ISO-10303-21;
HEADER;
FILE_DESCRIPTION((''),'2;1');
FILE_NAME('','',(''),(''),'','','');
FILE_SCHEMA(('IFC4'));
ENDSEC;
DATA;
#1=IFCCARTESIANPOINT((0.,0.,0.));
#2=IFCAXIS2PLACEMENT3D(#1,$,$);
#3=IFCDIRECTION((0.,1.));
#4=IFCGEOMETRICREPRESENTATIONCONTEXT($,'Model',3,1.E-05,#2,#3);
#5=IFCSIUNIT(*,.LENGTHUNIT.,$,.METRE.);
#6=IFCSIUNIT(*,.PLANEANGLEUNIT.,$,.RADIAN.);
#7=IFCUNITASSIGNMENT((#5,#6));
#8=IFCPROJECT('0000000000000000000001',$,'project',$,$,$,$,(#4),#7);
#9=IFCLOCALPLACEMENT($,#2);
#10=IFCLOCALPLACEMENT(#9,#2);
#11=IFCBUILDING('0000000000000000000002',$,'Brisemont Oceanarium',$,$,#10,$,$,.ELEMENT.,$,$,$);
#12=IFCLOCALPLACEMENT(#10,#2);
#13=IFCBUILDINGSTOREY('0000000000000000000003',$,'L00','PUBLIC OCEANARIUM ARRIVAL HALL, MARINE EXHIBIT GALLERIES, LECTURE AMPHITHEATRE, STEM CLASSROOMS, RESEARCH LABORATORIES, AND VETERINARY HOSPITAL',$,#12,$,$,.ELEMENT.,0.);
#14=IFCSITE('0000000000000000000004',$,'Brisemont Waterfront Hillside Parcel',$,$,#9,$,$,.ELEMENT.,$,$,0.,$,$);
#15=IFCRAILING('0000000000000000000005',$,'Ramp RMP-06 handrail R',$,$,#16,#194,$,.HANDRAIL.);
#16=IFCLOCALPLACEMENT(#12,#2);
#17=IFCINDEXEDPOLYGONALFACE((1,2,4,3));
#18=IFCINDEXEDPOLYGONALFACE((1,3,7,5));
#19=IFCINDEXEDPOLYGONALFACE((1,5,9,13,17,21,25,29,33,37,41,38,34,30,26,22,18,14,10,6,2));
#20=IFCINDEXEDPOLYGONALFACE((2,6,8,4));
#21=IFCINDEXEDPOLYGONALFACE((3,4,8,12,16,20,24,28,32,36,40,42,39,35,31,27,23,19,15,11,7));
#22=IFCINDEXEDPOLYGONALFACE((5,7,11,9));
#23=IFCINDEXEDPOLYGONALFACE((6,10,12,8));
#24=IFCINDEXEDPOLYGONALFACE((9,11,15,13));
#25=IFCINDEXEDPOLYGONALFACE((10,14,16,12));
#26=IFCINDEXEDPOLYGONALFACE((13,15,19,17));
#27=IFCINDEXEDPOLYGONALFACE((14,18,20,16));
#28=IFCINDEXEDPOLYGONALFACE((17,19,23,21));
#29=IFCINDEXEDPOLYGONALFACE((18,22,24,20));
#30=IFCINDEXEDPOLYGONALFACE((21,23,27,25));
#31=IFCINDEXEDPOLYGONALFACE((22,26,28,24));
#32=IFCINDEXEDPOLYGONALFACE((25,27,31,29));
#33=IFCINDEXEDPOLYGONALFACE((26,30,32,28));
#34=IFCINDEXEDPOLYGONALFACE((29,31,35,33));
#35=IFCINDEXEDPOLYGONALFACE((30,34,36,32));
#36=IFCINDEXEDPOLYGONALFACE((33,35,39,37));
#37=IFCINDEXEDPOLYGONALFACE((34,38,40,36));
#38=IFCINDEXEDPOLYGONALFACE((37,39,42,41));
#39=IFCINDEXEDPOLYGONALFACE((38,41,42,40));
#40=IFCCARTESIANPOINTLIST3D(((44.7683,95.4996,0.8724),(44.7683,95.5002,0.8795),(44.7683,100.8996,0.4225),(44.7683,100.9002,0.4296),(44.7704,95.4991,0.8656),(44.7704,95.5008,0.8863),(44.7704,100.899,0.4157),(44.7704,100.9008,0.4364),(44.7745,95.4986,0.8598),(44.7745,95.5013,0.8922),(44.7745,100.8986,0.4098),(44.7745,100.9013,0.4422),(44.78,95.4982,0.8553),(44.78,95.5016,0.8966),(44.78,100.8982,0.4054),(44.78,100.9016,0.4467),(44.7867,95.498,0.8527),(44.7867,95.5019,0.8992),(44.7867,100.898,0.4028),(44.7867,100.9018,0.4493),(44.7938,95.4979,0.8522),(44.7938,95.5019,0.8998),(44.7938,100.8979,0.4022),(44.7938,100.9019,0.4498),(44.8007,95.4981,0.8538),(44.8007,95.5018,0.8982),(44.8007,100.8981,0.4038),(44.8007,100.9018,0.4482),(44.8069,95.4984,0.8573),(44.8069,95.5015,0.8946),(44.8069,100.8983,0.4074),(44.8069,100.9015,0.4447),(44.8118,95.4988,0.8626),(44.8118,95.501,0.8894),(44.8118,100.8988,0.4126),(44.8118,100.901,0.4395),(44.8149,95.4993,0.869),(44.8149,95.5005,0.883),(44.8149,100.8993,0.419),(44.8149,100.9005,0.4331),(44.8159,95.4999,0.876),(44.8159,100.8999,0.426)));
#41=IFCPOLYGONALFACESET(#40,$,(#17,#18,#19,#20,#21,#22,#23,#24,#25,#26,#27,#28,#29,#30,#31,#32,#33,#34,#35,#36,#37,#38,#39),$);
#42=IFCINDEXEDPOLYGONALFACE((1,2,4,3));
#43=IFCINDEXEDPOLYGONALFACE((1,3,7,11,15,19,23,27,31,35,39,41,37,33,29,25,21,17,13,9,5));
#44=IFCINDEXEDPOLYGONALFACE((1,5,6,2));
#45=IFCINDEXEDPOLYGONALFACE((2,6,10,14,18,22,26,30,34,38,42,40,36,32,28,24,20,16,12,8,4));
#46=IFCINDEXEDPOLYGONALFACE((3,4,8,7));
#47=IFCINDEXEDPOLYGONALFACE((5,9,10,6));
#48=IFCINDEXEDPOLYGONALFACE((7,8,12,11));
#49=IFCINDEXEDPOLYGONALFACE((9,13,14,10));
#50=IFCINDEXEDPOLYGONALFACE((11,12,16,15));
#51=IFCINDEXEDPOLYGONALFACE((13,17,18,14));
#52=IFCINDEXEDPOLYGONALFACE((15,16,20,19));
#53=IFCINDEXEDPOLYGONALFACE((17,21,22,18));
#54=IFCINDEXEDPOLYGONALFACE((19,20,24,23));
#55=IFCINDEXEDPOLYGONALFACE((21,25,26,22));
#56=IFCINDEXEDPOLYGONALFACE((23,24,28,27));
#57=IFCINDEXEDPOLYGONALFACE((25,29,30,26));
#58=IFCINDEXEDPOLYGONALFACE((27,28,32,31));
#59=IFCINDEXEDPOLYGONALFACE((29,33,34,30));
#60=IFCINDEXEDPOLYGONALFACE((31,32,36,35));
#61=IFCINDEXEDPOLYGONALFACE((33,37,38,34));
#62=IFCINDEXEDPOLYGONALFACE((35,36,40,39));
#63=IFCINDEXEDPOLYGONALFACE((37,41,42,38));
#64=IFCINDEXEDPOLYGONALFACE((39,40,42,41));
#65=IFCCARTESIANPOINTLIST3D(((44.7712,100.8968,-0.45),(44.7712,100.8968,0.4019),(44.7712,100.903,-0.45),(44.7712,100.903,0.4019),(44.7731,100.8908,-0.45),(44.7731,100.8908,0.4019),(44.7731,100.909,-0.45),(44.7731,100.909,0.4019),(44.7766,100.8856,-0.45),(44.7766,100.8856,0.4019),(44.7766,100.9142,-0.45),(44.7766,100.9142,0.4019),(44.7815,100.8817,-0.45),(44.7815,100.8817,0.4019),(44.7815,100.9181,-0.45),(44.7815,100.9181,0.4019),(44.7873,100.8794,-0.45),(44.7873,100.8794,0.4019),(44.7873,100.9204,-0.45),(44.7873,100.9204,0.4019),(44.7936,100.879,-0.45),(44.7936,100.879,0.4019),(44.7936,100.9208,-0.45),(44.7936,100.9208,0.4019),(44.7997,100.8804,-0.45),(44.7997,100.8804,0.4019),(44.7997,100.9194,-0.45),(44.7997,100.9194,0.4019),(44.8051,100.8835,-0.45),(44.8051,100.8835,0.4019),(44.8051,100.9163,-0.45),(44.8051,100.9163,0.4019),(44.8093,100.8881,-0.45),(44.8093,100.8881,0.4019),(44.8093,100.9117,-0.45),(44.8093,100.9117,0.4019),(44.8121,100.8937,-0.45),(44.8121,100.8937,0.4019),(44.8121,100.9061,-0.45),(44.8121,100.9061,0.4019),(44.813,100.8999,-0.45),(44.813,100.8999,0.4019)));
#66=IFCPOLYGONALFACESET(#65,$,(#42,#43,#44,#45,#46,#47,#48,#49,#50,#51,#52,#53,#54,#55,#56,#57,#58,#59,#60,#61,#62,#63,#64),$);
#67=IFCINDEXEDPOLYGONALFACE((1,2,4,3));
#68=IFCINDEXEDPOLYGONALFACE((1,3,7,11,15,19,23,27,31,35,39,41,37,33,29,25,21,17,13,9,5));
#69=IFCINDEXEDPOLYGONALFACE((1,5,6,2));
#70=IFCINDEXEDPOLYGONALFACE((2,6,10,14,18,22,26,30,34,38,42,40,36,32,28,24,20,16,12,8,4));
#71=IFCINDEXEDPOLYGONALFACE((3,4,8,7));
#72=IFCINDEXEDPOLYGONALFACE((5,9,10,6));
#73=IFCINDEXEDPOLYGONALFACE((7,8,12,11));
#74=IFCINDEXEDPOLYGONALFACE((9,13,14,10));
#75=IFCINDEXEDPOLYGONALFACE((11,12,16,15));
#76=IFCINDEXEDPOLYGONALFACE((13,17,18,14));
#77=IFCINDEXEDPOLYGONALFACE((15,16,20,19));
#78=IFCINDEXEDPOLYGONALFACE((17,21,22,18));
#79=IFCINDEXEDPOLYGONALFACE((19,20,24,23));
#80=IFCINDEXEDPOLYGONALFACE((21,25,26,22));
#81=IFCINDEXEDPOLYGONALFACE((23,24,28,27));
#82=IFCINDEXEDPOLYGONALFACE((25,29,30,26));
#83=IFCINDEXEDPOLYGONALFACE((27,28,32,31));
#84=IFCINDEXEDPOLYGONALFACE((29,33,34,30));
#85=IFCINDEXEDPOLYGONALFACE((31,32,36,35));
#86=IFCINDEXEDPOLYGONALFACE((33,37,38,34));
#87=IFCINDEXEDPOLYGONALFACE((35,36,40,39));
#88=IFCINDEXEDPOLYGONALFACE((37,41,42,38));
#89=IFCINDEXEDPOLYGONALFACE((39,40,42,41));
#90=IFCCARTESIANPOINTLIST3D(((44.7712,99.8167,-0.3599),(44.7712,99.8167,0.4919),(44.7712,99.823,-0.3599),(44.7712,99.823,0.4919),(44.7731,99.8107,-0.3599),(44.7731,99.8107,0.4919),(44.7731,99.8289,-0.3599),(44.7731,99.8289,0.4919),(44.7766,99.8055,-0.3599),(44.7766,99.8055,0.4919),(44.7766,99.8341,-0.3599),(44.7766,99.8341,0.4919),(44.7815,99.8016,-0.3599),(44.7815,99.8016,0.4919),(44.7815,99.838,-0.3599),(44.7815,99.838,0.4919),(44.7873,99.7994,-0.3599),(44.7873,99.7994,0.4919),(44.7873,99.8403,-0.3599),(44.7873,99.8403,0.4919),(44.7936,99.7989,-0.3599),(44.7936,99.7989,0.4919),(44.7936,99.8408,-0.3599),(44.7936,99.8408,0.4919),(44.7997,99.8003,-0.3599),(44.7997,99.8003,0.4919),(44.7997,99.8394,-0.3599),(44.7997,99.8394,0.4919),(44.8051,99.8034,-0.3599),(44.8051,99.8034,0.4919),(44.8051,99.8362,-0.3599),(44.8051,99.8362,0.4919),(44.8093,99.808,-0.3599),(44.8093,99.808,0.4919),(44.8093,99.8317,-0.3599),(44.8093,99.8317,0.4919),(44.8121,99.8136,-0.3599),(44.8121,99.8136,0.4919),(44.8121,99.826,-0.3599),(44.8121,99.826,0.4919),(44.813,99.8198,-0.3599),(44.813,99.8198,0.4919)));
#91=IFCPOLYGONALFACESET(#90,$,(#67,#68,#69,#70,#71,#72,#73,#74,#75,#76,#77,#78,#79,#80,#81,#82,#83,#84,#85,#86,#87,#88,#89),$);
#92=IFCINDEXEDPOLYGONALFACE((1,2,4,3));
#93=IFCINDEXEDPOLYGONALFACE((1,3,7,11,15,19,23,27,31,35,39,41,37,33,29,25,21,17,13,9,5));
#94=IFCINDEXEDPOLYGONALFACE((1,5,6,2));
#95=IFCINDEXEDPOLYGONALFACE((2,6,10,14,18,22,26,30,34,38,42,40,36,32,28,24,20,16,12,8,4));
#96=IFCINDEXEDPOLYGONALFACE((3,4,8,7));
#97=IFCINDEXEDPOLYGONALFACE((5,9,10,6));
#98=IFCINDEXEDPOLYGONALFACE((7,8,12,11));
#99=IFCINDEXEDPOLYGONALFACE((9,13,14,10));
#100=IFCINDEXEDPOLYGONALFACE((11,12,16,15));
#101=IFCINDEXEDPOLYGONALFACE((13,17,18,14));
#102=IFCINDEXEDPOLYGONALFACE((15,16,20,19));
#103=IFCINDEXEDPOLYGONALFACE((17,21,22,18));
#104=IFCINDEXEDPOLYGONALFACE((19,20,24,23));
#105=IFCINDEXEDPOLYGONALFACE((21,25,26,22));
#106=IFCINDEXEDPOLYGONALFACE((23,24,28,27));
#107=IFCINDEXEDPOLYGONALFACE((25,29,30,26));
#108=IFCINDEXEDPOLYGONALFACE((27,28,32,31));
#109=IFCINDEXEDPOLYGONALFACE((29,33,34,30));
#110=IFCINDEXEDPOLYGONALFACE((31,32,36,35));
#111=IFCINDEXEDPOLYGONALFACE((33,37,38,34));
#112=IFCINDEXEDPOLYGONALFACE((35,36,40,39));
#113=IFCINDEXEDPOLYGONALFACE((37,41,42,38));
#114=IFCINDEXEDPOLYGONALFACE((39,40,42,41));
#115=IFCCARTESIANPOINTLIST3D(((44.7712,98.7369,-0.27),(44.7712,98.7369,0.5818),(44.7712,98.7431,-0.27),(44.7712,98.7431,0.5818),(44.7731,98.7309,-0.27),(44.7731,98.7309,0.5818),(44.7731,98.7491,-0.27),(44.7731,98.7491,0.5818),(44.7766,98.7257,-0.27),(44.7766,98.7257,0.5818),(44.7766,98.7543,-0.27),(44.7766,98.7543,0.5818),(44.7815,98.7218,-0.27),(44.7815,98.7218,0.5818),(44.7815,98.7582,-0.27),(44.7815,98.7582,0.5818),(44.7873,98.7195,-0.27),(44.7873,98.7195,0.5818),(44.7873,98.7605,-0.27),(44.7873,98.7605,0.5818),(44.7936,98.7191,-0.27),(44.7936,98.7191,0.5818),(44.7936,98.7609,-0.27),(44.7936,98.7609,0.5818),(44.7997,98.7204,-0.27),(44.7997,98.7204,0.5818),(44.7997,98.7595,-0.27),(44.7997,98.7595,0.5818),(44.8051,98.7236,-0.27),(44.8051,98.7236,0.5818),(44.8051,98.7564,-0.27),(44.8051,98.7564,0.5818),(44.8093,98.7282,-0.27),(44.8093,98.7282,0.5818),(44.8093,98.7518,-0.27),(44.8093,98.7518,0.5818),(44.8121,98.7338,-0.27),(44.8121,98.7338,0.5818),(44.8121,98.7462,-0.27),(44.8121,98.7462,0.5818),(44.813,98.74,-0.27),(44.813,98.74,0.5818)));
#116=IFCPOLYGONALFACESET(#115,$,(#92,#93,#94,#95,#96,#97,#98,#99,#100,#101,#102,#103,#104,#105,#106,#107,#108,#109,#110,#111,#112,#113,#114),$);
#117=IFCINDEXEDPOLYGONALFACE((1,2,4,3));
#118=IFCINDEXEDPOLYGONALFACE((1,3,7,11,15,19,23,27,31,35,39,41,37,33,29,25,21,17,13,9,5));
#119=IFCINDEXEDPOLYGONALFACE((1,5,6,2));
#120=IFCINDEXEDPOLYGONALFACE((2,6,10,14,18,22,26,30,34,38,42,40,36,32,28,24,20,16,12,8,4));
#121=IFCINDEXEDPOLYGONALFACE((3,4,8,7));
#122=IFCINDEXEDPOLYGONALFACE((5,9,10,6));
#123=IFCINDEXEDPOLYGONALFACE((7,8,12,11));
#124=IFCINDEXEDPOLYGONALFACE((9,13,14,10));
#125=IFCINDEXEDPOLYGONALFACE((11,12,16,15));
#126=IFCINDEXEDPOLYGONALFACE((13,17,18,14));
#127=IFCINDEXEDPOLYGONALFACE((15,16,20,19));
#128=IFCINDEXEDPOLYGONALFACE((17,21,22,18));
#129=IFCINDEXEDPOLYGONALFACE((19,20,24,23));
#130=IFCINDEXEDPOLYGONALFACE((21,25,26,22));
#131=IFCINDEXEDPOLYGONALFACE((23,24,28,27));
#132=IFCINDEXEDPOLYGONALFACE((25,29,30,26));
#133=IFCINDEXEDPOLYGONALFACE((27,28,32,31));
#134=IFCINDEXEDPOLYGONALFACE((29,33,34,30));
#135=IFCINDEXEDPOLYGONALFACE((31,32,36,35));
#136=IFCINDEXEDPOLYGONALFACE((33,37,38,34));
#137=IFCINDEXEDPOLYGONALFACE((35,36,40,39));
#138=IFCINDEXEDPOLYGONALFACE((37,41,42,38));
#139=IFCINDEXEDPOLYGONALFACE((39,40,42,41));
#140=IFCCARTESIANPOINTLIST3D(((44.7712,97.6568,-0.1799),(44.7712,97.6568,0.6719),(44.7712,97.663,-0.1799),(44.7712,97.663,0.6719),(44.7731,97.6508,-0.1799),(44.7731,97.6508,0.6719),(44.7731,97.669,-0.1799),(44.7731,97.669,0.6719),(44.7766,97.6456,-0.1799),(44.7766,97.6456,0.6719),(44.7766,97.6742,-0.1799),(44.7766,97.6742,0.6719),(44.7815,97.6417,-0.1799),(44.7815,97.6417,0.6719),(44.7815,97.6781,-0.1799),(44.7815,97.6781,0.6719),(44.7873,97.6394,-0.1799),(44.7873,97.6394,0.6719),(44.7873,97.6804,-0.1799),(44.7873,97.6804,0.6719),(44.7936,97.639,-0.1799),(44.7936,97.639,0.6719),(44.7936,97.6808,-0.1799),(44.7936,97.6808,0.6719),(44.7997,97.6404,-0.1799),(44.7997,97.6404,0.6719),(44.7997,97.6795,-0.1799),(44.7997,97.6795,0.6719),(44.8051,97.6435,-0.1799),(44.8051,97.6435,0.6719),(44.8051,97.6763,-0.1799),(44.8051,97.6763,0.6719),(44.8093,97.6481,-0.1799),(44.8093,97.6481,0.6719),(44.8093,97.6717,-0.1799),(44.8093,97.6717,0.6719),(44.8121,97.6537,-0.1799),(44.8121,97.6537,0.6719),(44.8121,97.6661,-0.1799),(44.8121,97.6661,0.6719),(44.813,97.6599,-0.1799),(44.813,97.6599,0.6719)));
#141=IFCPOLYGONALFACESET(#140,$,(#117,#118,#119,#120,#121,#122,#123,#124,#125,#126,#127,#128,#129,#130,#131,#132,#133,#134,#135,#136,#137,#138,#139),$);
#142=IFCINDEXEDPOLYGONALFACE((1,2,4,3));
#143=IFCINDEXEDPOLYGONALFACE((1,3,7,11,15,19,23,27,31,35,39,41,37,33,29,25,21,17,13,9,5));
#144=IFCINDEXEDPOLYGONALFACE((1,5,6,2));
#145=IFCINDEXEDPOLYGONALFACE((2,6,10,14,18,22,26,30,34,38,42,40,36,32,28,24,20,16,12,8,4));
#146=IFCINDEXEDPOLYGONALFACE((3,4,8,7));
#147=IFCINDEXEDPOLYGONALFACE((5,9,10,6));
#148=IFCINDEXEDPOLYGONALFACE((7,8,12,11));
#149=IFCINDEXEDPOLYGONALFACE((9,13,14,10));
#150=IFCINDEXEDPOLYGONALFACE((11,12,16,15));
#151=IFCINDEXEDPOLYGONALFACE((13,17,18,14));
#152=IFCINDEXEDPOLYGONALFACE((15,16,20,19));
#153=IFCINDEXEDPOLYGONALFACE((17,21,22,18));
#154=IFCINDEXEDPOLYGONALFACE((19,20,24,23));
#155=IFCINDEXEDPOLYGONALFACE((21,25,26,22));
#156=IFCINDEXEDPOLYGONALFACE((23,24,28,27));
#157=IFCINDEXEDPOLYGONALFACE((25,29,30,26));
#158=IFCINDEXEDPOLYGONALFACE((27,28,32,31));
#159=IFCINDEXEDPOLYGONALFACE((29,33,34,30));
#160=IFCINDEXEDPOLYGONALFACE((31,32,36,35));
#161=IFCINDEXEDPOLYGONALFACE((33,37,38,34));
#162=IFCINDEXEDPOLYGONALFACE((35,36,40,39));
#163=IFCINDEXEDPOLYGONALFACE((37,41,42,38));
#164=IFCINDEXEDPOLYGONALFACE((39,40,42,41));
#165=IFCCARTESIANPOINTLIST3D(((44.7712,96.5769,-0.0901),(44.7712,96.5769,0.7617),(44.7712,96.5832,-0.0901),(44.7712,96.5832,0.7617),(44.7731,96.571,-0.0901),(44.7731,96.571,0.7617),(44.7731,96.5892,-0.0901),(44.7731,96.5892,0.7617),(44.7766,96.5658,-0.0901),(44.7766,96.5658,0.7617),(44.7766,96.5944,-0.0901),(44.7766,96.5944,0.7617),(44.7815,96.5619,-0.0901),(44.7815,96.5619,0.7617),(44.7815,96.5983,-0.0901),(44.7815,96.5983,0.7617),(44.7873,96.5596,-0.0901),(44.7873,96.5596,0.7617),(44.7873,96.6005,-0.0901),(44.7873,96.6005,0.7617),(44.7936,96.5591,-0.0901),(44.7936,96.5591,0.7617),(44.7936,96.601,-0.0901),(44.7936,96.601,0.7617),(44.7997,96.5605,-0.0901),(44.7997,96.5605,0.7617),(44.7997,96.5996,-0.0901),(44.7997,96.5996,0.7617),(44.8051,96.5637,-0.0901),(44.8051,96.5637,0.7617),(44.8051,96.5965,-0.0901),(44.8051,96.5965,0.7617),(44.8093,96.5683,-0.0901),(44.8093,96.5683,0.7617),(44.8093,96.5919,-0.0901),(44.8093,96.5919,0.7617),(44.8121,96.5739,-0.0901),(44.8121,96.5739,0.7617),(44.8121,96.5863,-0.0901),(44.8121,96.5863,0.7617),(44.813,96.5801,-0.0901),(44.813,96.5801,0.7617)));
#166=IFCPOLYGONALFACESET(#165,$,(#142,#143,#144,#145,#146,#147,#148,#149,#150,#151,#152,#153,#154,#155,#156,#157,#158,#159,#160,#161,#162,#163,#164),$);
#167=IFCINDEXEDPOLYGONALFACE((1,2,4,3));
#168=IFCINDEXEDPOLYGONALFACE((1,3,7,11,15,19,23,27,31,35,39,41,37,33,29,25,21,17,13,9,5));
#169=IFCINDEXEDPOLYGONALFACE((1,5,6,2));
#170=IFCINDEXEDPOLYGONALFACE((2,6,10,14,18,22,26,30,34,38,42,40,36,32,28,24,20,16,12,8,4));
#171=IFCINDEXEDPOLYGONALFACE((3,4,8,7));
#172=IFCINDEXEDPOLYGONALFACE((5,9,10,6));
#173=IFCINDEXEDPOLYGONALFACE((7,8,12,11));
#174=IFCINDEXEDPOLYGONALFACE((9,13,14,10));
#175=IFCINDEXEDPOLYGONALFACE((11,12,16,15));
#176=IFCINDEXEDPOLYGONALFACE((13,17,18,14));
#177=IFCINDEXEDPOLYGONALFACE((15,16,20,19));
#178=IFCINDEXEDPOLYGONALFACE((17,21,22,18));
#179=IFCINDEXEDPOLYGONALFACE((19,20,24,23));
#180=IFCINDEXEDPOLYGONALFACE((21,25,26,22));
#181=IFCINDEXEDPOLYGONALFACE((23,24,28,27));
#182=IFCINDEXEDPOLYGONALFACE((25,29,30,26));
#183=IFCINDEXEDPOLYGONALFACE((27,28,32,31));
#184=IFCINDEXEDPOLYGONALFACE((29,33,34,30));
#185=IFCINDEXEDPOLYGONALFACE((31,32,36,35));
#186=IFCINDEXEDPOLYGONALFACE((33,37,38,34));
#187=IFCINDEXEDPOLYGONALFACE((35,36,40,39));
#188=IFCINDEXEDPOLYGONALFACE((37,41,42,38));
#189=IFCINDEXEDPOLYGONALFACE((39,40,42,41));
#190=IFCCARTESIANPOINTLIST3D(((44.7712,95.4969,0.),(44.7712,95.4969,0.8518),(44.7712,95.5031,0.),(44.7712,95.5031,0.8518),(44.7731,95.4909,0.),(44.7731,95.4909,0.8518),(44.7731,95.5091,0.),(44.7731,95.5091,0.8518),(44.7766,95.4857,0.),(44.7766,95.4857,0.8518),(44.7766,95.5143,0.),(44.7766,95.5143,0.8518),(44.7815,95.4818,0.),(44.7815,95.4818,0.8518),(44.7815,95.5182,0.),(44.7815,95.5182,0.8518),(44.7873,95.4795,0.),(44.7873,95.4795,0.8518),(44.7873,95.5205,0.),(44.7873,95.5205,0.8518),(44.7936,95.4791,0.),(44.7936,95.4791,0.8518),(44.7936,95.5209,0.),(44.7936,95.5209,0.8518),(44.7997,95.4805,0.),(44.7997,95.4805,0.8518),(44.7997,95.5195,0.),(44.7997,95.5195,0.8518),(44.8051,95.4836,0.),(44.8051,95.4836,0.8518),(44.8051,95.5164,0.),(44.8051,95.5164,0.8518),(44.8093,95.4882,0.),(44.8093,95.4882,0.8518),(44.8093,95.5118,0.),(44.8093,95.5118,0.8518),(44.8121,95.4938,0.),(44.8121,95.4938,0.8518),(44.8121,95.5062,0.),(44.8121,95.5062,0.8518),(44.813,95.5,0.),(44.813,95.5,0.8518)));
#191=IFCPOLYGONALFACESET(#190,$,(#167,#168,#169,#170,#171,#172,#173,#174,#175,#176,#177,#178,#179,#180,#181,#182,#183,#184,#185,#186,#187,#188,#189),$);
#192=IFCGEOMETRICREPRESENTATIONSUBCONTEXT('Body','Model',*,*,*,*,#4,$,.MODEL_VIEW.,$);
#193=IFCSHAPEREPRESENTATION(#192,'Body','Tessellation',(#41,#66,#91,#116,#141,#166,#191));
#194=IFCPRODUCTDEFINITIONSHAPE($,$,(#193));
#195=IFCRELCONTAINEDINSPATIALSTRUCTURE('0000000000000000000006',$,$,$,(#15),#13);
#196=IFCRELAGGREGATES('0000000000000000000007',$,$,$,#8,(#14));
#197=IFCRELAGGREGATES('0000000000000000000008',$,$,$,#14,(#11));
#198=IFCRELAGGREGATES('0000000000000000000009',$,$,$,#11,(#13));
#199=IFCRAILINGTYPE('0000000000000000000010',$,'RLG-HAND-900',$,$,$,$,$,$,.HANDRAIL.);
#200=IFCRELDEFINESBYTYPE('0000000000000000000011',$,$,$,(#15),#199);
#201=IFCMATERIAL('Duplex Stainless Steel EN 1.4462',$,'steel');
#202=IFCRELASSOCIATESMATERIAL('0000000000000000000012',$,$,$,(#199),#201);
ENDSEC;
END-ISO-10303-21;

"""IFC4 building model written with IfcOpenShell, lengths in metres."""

from ifc_helpers import new_model, si_unit, direction, frame, origin, origin_2d, place, context, subcontext, project, spatial, circle, extrude, material, type_object, element, save


model = new_model("IFC4")

# Units and contexts
model_context = context("Model", 3, precision=1e-05, world=origin(), true_north=direction((0.0, 1.0)))
body_context = subcontext(model_context, "Body", "Model", "MODEL_VIEW")
ifc_project = project(units=[si_unit("LENGTHUNIT", "METRE"), si_unit("PLANEANGLEUNIT", "RADIAN")], contexts=[model_context])

# Site, building, storey
site_placement = place(None, origin())
site = spatial("IfcSite", under=ifc_project, at=site_placement, Name="Brisemont Waterfront Hillside Parcel", CompositionType="ELEMENT", RefElevation=0.0)
building_placement = place(site_placement, origin())
building = spatial("IfcBuilding", under=site, at=building_placement, Name="Brisemont Oceanarium", CompositionType="ELEMENT")
storey_placement = place(building_placement, origin())
storey = spatial("IfcBuildingStorey", under=building, at=storey_placement, Name="L00", Description="PUBLIC OCEANARIUM ARRIVAL HALL, MARINE EXHIBIT GALLERIES, LECTURE AMPHITHEATRE, STEM CLASSROOMS, RESEARCH LABORATORIES, AND VETERINARY HOSPITAL", CompositionType="ELEMENT", Elevation=0.0)

# Railing
ifc_material_1 = material(Name="Duplex Stainless Steel EN 1.4462", Category="steel")
railing_type = type_object("IfcRailingType", Name="RLG-HAND-900", PredefinedType="HANDRAIL", material=ifc_material_1)
for number, where, name in (
    (1, (44.792, 100.8999, -0.45), "Ramp RMP-06 handrail R"),
):
    element("IfcRailing", number, at=place(storey_placement, frame(where)), inside=storey, type_object=railing_type, Name=name, PredefinedType="HANDRAIL", context=body_context, shape_type="SweptSolid", body=[
        extrude(circle(Radius=0.0239, at=origin_2d()), frame((0.0, 0.0, 0.876), z_axis=(0.0, -0.996546, 0.083038), x_axis=(1.0, 0.0, 0.0)), (0.0, 0.0, 1.0), 5.4187),
        extrude(circle(Radius=0.021, at=origin_2d()), origin(), (0.0, 0.0, 1.0), 0.8518),
        extrude(circle(Radius=0.021, at=origin_2d()), frame((0.0, -1.0801, 0.0901)), (0.0, 0.0, 1.0), 0.8518),
        extrude(circle(Radius=0.021, at=origin_2d()), frame((0.0, -2.1599, 0.1799)), (0.0, 0.0, 1.0), 0.8518),
        extrude(circle(Radius=0.021, at=origin_2d()), frame((0.0, -3.24, 0.27)), (0.0, 0.0, 1.0), 0.8518),
        extrude(circle(Radius=0.021, at=origin_2d()), frame((0.0, -4.3198, 0.3599)), (0.0, 0.0, 1.0), 0.8518),
        extrude(circle(Radius=0.021, at=origin_2d()), frame((0.0, -5.3999, 0.45)), (0.0, 0.0, 1.0), 0.8518),
    ])

save(model, "model.ifc")
